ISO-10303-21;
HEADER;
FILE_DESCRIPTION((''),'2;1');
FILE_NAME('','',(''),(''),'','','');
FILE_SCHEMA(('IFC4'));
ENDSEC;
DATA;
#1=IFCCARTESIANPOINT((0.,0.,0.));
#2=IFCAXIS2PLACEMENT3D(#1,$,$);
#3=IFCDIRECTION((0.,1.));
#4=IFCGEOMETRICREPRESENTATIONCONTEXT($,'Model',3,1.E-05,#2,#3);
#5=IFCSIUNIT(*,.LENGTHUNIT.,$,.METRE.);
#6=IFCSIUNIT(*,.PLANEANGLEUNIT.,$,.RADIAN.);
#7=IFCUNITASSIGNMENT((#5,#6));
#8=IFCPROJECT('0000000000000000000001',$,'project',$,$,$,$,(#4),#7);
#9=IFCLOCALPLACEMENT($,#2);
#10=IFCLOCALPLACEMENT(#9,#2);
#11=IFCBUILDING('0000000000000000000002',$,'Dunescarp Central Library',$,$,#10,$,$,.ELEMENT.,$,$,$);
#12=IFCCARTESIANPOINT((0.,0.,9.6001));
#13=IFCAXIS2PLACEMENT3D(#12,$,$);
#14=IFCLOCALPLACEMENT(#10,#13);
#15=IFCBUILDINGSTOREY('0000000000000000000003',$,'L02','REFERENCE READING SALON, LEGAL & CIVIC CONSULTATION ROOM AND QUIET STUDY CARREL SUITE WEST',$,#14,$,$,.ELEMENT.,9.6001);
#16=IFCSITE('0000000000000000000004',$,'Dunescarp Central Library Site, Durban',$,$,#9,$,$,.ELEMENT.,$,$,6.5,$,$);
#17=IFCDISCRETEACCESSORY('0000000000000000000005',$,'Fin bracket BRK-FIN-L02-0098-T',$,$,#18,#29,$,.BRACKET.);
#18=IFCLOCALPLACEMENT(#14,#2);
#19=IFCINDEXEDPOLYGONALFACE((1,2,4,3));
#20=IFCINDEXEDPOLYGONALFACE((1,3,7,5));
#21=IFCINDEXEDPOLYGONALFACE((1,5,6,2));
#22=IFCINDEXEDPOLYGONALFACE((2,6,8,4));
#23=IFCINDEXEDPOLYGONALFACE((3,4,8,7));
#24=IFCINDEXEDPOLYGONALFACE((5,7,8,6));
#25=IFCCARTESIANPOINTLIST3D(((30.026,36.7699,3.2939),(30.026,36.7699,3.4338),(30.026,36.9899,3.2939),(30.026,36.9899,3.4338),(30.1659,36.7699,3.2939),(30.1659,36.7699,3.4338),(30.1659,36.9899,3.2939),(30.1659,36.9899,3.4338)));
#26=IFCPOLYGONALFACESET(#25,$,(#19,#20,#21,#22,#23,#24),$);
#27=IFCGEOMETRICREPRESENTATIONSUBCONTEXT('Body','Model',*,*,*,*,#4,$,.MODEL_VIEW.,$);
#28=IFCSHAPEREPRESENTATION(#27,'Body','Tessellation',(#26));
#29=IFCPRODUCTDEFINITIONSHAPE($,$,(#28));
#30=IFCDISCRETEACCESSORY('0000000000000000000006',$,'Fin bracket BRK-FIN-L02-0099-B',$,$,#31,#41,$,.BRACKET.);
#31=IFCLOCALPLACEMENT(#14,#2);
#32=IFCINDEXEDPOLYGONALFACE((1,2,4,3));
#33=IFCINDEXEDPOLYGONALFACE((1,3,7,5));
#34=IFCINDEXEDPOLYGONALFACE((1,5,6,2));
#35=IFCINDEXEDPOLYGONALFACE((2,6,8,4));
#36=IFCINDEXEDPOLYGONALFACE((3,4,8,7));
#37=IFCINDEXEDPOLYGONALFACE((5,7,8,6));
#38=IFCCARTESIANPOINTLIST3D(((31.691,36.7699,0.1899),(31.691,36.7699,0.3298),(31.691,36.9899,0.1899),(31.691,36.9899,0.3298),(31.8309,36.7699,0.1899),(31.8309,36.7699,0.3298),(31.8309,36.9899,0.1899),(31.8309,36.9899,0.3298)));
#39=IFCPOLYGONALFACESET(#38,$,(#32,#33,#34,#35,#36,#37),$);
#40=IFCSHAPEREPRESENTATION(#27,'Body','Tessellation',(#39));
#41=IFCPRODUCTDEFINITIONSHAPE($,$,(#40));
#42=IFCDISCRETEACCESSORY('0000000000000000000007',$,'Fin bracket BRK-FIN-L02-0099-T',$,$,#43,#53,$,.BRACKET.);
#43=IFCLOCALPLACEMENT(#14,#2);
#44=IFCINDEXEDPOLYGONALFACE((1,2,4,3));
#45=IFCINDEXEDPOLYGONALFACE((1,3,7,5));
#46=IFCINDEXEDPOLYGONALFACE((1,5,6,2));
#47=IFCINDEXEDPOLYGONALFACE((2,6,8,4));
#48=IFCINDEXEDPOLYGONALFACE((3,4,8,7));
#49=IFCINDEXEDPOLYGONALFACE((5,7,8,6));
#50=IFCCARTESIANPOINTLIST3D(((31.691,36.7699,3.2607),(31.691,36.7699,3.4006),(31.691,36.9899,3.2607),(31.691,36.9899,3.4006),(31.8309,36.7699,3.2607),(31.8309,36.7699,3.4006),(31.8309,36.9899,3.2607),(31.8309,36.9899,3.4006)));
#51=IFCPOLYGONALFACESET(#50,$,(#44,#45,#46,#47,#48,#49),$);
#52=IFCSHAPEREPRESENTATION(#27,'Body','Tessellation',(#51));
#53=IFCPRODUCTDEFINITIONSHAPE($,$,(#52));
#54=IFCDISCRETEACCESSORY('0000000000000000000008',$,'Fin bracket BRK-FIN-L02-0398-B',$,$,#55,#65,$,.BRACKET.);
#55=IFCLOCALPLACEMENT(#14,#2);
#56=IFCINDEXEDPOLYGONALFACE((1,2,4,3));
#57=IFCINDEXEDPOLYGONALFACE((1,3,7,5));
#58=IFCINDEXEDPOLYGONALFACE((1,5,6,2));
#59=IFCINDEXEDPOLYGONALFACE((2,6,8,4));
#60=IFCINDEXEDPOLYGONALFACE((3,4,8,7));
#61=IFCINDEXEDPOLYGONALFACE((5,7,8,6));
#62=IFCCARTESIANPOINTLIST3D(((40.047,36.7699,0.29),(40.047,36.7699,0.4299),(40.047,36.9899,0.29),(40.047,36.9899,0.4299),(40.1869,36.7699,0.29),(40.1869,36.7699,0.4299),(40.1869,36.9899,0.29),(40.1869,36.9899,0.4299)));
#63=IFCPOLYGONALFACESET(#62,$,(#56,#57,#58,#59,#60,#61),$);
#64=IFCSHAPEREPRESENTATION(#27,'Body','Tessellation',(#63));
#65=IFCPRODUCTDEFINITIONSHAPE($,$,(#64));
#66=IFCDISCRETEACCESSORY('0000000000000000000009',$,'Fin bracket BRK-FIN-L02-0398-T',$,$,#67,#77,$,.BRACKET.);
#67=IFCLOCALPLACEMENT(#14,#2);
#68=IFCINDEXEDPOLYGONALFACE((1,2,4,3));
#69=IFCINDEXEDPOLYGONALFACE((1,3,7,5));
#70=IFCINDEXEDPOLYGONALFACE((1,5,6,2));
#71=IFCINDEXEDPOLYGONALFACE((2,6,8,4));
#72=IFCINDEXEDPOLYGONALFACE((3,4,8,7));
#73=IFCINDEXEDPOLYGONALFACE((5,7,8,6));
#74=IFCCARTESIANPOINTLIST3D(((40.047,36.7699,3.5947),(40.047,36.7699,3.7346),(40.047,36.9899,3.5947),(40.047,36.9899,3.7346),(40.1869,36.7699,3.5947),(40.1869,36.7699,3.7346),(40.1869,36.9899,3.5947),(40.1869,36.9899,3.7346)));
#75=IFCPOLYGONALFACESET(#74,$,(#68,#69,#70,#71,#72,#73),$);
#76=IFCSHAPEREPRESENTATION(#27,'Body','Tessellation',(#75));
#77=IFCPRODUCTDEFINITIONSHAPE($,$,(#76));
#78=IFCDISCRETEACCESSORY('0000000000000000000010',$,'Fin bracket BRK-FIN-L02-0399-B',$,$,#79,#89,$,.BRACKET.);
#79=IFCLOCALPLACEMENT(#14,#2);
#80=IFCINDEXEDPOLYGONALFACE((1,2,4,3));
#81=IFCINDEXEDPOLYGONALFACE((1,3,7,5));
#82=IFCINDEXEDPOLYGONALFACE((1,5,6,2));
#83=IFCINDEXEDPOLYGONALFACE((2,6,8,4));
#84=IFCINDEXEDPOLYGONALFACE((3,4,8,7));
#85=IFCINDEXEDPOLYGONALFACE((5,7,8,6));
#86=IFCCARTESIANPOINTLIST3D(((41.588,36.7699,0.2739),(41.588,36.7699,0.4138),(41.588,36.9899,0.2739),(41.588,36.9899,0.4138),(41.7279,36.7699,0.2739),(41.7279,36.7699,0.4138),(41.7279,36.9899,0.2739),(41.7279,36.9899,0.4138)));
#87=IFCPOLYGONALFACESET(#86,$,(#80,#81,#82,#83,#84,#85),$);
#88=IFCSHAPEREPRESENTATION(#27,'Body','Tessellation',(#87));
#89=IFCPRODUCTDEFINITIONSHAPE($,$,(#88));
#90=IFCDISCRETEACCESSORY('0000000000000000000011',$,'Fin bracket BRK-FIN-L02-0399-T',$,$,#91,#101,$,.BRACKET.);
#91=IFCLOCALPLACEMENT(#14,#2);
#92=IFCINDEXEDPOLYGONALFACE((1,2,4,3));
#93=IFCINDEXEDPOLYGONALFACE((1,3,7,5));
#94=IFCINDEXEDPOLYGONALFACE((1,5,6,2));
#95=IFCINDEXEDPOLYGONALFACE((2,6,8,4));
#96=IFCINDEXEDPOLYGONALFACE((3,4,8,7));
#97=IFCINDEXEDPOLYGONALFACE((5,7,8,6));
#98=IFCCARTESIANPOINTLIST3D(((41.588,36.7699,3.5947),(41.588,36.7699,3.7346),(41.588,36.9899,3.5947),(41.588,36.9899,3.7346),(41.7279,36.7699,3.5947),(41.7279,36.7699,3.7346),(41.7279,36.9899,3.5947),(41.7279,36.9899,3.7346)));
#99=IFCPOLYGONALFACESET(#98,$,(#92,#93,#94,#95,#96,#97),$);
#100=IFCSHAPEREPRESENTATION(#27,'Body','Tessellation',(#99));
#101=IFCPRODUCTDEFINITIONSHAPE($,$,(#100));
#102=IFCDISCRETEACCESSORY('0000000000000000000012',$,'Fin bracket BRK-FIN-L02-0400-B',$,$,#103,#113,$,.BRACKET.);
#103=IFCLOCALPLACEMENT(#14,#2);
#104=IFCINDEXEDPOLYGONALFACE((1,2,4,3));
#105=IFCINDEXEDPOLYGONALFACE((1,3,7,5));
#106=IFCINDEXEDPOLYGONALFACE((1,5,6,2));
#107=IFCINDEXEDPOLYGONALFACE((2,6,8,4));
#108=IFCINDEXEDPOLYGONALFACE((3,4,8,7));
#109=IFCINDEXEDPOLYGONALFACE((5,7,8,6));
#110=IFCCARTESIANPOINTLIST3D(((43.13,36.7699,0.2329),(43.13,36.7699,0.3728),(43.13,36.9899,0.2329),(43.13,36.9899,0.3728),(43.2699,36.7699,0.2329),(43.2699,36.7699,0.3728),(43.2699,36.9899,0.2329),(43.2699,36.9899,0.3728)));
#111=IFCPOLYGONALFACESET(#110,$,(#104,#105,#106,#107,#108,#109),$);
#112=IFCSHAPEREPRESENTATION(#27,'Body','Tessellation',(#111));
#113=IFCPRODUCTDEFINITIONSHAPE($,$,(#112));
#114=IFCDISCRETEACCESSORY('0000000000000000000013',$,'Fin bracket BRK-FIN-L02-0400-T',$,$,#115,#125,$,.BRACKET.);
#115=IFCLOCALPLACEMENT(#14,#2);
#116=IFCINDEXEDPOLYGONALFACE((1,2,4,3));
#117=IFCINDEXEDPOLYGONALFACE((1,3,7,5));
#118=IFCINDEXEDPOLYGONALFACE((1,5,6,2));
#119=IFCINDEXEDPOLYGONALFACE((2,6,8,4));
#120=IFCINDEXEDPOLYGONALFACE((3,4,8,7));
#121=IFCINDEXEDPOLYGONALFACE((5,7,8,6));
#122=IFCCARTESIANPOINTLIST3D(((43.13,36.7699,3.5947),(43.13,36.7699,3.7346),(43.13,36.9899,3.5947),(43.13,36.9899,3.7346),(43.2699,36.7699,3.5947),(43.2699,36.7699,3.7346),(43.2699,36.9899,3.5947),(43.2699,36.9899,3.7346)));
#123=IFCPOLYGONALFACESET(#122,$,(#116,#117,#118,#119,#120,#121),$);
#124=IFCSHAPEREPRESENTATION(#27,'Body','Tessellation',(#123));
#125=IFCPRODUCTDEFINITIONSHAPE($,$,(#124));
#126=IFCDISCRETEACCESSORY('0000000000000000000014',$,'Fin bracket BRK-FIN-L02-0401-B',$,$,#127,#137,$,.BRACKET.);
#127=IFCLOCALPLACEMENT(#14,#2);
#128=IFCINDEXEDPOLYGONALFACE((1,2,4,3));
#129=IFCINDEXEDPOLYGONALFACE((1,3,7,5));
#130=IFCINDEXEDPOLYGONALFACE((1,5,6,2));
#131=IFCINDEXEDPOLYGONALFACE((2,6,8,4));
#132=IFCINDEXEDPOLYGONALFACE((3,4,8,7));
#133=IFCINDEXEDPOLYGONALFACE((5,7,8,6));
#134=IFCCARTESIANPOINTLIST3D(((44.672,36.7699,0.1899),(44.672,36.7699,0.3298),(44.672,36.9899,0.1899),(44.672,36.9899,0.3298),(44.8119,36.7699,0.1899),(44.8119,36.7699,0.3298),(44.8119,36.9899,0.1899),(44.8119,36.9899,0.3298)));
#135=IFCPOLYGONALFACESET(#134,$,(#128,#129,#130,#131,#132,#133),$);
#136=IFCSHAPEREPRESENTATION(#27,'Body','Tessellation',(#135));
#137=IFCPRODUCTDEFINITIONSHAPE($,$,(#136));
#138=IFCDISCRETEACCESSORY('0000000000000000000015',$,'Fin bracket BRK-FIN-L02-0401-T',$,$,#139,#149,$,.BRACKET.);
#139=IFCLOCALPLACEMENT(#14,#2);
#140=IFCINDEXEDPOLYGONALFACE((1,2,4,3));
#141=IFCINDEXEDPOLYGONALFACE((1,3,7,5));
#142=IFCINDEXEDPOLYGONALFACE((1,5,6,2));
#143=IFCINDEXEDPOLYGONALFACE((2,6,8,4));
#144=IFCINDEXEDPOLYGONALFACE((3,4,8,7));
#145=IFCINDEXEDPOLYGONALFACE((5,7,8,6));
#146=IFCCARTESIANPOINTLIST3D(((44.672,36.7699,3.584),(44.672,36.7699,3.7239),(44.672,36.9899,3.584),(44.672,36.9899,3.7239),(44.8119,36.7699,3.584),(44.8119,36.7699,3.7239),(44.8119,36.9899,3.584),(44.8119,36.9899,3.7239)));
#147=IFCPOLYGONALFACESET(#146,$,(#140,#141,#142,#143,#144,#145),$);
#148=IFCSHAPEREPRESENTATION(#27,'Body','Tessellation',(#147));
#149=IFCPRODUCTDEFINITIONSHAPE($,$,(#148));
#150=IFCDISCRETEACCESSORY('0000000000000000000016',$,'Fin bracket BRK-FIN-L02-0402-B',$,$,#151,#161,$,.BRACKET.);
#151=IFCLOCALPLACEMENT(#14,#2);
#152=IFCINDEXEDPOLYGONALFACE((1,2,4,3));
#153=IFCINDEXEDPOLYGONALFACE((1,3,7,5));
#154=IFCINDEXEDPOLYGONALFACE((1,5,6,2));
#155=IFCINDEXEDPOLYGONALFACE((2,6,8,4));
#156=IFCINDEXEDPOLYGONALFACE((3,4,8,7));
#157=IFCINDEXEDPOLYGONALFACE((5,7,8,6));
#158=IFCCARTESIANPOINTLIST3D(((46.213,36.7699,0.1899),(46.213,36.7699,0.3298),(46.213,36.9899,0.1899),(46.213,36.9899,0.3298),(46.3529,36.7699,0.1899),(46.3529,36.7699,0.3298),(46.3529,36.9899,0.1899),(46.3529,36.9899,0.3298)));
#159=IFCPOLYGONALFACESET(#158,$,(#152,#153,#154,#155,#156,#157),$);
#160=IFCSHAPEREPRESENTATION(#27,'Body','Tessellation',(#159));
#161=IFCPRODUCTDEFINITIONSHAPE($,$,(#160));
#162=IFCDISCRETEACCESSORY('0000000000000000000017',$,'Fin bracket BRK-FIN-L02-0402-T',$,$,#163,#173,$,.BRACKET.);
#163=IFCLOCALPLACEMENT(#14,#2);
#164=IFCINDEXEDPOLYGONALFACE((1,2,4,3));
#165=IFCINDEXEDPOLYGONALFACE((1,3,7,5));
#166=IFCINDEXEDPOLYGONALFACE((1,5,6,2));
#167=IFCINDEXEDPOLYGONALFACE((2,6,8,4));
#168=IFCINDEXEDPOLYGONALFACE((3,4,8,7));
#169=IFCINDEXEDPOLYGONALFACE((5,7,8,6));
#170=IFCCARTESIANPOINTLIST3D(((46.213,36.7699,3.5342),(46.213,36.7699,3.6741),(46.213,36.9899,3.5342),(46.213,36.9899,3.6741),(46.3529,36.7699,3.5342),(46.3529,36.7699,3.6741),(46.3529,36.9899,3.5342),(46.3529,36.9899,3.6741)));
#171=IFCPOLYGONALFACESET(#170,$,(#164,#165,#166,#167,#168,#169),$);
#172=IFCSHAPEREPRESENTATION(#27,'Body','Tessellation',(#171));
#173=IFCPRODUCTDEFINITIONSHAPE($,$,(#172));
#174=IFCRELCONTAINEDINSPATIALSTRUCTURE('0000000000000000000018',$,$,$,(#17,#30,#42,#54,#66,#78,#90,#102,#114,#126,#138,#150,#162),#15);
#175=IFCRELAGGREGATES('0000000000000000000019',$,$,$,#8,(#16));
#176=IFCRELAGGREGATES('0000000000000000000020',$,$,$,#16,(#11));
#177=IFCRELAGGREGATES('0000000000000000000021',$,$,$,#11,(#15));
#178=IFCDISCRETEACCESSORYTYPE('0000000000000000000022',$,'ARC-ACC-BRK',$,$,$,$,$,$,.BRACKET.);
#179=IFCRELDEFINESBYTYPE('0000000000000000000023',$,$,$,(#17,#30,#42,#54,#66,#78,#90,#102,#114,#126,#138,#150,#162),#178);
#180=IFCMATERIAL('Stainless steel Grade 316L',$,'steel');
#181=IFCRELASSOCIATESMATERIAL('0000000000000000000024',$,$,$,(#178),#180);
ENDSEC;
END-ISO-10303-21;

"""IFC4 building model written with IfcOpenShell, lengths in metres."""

from ifc_helpers import new_model, si_unit, direction, frame, origin, origin_2d, place, context, subcontext, project, spatial, rectangle, extrude, material, type_object, element, save


model = new_model("IFC4")

# Units and contexts
model_context = context("Model", 3, precision=1e-05, world=origin(), true_north=direction((0.0, 1.0)))
body_context = subcontext(model_context, "Body", "Model", "MODEL_VIEW")
ifc_project = project(units=[si_unit("LENGTHUNIT", "METRE"), si_unit("PLANEANGLEUNIT", "RADIAN")], contexts=[model_context])

# Site, building, storey
site_placement = place(None, origin())
site = spatial("IfcSite", under=ifc_project, at=site_placement, Name="Dunescarp Central Library Site, Durban", CompositionType="ELEMENT", RefElevation=6.5)
building_placement = place(site_placement, origin())
building = spatial("IfcBuilding", under=site, at=building_placement, Name="Dunescarp Central Library", CompositionType="ELEMENT")
storey_placement = place(building_placement, frame((0.0, 0.0, 9.6001)))
storey = spatial("IfcBuildingStorey", under=building, at=storey_placement, Name="L02", Description="REFERENCE READING SALON, LEGAL & CIVIC CONSULTATION ROOM AND QUIET STUDY CARREL SUITE WEST", CompositionType="ELEMENT", Elevation=9.6001)

# Discrete accessories
ifc_material_1 = material(Name="Stainless steel Grade 316L", Category="steel")
discrete_accessory_type = type_object("IfcDiscreteAccessoryType", Name="ARC-ACC-BRK", PredefinedType="BRACKET", material=ifc_material_1)
for number, where, z_axis, x_axis, name in (
    (1, (30.0959, 36.8799, 3.2939), (0.0, 0.0, 1.0), (0.0, 1.0, 0.0), "Fin bracket BRK-FIN-L02-0098-T"),
    (2, (31.761, 36.8799, 0.1899), (0.0, 0.0, 1.0), (0.0, 1.0, 0.0), "Fin bracket BRK-FIN-L02-0099-B"),
    (3, (31.761, 36.8799, 3.2607), (0.0, 0.0, 1.0), (0.0, 1.0, 0.0), "Fin bracket BRK-FIN-L02-0099-T"),
    (4, (40.1169, 36.8799, 0.29), (0.0, 0.0, 1.0), (0.0, 1.0, 0.0), "Fin bracket BRK-FIN-L02-0398-B"),
    (5, (40.1169, 36.8799, 3.5947), (0.0, 0.0, 1.0), (0.0, 1.0, 0.0), "Fin bracket BRK-FIN-L02-0398-T"),
    (6, (41.658, 36.8799, 0.2739), (0.0, 0.0, 1.0), (0.0, 1.0, 0.0), "Fin bracket BRK-FIN-L02-0399-B"),
    (7, (41.658, 36.8799, 3.5947), (0.0, 0.0, 1.0), (0.0, 1.0, 0.0), "Fin bracket BRK-FIN-L02-0399-T"),
    (8, (43.2, 36.8799, 0.2329), (0.0, 0.0, 1.0), (0.0, 1.0, 0.0), "Fin bracket BRK-FIN-L02-0400-B"),
    (9, (43.2, 36.8799, 3.5947), (0.0, 0.0, 1.0), (0.0, 1.0, 0.0), "Fin bracket BRK-FIN-L02-0400-T"),
    (10, (44.7419, 36.8799, 0.1899), (0.0, 0.0, 1.0), (0.0, 1.0, 0.0), "Fin bracket BRK-FIN-L02-0401-B"),
    (11, (44.7419, 36.8799, 3.584), (0.0, 0.0, 1.0), (0.0, 1.0, 0.0), "Fin bracket BRK-FIN-L02-0401-T"),
    (12, (46.283, 36.8799, 0.1899), (0.0, 0.0, 1.0), (0.0, 1.0, 0.0), "Fin bracket BRK-FIN-L02-0402-B"),
    (13, (46.283, 36.8799, 3.5342), (0.0, 0.0, 1.0), (0.0, 1.0, 0.0), "Fin bracket BRK-FIN-L02-0402-T"),
):
    element("IfcDiscreteAccessory", number, at=place(storey_placement, frame(where, z_axis=z_axis, x_axis=x_axis)), inside=storey, type_object=discrete_accessory_type, Name=name, PredefinedType="BRACKET", context=body_context, shape_type="SweptSolid", body=[
        extrude(rectangle(XDim=0.22, YDim=0.1399, at=origin_2d()), origin(), (0.0, 0.0, 1.0), 0.1399),
    ])

save(model, "model.ifc")
